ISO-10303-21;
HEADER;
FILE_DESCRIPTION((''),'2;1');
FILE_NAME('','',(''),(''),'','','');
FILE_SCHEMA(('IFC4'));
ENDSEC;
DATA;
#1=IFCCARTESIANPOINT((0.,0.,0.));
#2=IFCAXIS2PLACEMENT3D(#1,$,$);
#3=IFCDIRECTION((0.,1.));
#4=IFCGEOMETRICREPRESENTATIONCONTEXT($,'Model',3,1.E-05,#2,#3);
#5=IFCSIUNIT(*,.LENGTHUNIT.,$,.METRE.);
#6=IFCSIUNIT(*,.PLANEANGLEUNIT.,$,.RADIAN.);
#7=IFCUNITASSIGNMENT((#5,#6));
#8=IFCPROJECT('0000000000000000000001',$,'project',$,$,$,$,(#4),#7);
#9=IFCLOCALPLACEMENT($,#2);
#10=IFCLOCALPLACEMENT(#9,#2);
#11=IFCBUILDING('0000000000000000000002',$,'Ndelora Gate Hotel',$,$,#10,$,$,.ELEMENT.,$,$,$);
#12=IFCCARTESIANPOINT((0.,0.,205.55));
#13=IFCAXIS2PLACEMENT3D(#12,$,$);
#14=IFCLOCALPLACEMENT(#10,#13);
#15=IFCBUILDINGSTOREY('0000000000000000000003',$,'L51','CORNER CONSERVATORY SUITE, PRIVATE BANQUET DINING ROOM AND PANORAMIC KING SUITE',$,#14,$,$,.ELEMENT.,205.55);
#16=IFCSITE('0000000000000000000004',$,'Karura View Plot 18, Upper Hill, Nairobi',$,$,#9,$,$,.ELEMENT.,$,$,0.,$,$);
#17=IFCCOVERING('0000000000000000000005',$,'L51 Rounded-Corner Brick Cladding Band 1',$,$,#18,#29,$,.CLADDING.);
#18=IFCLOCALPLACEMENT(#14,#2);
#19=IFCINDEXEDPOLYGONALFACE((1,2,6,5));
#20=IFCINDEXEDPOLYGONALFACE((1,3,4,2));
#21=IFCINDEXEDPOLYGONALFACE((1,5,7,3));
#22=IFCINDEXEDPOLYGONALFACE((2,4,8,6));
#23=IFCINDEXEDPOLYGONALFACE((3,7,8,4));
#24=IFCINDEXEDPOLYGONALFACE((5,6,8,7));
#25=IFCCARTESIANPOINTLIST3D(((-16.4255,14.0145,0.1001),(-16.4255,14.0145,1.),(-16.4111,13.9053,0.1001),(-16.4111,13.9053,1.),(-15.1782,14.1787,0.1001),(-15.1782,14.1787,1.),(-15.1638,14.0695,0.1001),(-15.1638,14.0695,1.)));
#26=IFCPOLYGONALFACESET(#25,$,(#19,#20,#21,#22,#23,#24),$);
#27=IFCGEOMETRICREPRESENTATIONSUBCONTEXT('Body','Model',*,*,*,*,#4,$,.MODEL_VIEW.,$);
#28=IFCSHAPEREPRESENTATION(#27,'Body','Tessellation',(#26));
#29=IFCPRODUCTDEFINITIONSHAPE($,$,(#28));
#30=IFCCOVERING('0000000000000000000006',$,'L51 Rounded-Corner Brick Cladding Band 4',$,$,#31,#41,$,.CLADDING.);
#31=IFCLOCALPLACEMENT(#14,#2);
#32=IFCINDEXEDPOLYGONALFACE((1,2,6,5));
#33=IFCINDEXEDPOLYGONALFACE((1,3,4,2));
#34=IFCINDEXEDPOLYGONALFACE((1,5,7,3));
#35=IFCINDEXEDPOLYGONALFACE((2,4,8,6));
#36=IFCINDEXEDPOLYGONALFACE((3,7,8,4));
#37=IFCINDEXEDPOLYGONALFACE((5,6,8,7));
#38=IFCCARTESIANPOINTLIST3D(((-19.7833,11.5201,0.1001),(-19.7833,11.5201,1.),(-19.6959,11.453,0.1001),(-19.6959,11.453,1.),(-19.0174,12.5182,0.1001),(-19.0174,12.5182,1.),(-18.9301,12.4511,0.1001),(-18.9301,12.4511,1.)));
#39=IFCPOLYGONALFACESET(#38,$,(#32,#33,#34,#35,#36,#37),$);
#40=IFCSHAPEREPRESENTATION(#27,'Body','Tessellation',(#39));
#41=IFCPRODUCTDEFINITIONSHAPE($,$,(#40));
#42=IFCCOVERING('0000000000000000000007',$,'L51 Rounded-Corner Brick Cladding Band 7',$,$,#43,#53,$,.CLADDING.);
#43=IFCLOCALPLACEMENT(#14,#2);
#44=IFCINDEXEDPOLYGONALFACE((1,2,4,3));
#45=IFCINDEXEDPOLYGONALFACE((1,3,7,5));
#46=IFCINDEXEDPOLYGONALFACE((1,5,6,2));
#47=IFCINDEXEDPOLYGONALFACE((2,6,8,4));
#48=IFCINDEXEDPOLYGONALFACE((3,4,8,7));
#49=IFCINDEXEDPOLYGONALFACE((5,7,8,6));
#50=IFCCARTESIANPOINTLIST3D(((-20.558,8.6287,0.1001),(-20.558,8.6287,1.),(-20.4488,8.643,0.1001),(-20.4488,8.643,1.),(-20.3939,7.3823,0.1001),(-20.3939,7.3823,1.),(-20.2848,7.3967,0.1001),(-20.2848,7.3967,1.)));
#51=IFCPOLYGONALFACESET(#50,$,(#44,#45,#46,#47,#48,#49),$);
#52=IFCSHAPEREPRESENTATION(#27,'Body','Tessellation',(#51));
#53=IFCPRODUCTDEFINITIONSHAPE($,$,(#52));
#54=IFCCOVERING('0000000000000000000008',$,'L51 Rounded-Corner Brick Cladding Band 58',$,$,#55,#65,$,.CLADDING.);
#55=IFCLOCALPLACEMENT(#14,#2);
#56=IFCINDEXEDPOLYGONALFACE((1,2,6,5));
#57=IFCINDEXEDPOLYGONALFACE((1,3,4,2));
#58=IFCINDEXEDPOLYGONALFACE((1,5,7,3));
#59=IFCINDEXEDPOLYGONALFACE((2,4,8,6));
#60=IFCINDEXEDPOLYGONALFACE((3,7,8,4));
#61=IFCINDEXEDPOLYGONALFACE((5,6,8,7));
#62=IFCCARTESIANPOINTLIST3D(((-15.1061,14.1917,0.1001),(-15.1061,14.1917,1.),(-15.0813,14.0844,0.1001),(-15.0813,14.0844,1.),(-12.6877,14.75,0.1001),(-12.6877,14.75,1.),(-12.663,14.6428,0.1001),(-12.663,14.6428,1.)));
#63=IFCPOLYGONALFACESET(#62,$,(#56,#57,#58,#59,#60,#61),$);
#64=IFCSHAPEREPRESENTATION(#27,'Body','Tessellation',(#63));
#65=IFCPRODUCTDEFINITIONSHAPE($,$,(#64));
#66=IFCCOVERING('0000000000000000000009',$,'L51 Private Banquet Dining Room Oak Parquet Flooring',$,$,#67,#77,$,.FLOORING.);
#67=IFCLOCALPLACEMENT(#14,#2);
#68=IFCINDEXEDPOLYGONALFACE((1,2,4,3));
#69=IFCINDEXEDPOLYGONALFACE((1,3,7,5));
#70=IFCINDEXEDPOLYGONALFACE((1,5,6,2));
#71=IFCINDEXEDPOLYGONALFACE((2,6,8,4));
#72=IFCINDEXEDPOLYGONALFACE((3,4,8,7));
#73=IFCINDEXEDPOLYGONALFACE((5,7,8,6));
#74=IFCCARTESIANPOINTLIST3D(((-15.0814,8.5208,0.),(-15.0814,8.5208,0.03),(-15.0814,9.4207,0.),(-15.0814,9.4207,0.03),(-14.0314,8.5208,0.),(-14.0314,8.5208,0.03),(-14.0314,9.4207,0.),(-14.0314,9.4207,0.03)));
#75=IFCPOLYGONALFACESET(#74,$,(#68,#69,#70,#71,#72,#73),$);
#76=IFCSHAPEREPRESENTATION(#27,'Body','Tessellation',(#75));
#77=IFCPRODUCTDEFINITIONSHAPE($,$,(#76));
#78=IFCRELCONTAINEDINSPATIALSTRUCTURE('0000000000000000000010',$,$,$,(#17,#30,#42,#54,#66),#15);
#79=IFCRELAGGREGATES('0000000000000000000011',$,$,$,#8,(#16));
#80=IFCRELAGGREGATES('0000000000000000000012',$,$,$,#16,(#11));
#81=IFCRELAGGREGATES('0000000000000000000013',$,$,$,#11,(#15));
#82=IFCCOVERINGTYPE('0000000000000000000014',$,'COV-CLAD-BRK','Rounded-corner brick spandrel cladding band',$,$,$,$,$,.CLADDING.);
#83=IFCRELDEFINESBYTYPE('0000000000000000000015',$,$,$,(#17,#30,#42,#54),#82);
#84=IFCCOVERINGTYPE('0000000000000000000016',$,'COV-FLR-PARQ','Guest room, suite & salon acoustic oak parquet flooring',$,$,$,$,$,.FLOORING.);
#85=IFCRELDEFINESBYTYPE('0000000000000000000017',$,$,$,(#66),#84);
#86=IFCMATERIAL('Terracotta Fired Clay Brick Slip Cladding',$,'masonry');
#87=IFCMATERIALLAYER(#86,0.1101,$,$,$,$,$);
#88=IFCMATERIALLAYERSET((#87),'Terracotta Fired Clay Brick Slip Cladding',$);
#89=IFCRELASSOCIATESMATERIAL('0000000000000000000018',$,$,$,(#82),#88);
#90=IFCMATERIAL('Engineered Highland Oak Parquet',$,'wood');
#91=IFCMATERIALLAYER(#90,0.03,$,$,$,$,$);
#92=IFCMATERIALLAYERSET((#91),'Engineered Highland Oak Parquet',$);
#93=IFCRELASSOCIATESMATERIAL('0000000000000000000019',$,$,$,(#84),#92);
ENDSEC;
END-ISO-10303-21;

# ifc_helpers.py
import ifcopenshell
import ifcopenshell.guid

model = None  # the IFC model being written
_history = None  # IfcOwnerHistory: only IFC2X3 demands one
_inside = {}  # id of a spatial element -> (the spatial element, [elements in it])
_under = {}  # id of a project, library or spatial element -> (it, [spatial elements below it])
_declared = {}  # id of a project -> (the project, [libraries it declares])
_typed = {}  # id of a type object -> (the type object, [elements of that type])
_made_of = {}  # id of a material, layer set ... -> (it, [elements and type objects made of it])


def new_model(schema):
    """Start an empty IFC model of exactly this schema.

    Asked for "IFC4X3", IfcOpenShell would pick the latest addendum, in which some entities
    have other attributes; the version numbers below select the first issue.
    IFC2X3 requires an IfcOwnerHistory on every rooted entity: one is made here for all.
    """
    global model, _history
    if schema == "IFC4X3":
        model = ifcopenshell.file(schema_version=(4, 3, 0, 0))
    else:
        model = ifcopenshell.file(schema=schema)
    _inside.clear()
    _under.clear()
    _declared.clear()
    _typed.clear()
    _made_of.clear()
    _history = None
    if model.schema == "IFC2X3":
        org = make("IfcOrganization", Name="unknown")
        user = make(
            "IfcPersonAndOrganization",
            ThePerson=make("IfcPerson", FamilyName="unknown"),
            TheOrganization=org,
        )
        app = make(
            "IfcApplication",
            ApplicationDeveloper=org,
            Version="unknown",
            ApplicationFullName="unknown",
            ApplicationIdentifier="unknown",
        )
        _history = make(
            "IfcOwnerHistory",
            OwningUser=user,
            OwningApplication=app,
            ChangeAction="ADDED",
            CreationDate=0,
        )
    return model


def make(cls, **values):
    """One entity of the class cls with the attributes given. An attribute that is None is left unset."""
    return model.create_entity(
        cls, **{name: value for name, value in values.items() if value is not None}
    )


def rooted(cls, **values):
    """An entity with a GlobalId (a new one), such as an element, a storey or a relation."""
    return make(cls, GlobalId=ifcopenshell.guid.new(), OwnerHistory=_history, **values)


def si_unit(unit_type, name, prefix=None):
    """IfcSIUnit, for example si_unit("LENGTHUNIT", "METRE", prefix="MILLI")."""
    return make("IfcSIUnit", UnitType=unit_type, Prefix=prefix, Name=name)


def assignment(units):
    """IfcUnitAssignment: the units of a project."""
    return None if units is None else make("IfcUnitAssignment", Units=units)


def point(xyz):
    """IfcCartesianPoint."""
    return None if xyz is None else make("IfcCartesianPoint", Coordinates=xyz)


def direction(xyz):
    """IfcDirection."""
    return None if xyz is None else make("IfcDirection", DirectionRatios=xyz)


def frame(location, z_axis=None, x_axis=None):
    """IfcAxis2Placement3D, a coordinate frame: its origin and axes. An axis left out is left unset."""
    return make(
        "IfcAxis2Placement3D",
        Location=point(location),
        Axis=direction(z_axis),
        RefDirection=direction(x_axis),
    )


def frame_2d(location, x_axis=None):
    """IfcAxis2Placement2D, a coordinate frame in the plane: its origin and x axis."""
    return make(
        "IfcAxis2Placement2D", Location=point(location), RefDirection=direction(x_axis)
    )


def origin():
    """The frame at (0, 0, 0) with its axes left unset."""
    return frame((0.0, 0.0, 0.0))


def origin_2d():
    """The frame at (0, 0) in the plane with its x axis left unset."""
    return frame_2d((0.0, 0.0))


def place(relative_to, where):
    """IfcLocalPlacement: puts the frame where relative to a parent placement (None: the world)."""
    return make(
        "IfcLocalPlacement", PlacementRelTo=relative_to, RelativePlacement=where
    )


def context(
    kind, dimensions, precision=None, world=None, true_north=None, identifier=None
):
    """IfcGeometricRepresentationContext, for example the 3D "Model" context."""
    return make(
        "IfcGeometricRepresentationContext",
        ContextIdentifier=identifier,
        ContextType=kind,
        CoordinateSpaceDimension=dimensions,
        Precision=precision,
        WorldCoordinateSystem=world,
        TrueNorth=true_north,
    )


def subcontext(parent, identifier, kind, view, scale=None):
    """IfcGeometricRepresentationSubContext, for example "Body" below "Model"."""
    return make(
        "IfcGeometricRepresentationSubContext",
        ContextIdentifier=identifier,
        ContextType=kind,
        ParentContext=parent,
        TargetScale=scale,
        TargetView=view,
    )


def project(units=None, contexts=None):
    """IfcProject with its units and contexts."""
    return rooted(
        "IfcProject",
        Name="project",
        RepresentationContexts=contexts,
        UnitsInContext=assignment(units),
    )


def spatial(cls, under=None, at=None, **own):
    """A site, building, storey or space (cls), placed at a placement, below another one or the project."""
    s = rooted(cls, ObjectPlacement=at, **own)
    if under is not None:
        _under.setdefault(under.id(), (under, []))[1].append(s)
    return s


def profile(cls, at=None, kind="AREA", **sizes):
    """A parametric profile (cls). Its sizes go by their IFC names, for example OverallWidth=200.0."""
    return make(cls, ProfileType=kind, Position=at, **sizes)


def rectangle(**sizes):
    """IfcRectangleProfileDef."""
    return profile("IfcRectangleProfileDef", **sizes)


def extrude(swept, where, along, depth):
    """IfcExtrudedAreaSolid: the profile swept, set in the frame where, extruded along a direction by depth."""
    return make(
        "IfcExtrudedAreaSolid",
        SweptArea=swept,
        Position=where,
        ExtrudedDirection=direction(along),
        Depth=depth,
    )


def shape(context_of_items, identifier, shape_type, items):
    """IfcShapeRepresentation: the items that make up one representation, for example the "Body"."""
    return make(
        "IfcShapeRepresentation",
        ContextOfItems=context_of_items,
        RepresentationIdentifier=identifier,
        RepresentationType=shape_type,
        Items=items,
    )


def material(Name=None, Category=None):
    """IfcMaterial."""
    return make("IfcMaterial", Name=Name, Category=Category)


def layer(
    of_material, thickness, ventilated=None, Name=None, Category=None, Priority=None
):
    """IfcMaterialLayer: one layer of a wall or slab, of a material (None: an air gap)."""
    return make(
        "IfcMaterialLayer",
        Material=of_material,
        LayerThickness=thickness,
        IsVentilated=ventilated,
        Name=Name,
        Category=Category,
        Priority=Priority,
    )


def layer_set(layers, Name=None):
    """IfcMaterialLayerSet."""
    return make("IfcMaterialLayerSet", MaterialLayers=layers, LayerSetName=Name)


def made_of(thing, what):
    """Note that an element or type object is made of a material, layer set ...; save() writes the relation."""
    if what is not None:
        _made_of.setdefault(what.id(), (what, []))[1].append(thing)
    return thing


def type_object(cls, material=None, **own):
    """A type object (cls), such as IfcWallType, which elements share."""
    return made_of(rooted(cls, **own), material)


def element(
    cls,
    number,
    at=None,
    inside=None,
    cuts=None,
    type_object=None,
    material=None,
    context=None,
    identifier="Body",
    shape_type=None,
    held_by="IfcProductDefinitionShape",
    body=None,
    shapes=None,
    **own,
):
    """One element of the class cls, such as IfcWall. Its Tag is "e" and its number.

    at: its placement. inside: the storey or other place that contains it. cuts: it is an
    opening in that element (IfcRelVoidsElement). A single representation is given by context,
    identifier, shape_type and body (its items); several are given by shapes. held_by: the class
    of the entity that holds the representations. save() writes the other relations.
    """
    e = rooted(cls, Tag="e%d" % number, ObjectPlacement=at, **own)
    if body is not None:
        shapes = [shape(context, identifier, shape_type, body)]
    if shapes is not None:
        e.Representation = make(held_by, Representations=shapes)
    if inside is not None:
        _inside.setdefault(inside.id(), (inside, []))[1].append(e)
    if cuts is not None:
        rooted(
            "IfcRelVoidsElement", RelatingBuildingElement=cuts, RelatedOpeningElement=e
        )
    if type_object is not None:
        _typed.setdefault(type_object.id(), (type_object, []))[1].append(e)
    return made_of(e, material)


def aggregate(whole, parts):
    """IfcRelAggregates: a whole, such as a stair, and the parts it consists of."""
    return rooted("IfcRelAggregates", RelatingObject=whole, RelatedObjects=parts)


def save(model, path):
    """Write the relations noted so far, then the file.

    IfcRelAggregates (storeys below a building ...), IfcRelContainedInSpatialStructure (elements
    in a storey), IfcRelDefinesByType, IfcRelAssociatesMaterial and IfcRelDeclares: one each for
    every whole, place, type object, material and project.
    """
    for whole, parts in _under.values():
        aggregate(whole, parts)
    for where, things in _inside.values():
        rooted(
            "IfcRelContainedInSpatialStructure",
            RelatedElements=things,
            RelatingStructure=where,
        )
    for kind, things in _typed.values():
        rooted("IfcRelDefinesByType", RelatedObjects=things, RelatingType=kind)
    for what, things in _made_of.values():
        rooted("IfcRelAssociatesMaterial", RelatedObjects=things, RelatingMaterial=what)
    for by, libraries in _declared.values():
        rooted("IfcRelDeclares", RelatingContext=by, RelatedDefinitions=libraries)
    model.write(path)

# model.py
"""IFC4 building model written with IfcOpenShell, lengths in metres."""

from ifc_helpers import new_model, si_unit, direction, frame, origin, origin_2d, place, context, subcontext, project, spatial, rectangle, extrude, material, layer, layer_set, type_object, element, save


model = new_model("IFC4")

# Units and contexts
model_context = context("Model", 3, precision=1e-05, world=origin(), true_north=direction((0.0, 1.0)))
body_context = subcontext(model_context, "Body", "Model", "MODEL_VIEW")
ifc_project = project(units=[si_unit("LENGTHUNIT", "METRE"), si_unit("PLANEANGLEUNIT", "RADIAN")], contexts=[model_context])

# Site, building, storey
site_placement = place(None, origin())
site = spatial("IfcSite", under=ifc_project, at=site_placement, Name="Karura View Plot 18, Upper Hill, Nairobi", CompositionType="ELEMENT", RefElevation=0.0)
building_placement = place(site_placement, origin())
building = spatial("IfcBuilding", under=site, at=building_placement, Name="Ndelora Gate Hotel", CompositionType="ELEMENT")
storey_placement = place(building_placement, frame((0.0, 0.0, 205.55)))
storey = spatial("IfcBuildingStorey", under=building, at=storey_placement, Name="L51", Description="CORNER CONSERVATORY SUITE, PRIVATE BANQUET DINING ROOM AND PANORAMIC KING SUITE", CompositionType="ELEMENT", Elevation=205.55)

# Coverings
ifc_material_1 = material(Name="Terracotta Fired Clay Brick Slip Cladding", Category="masonry")
ifc_layer_1 = layer(ifc_material_1, 0.1101)
ifc_layer_set_1 = layer_set([ifc_layer_1], Name="Terracotta Fired Clay Brick Slip Cladding")
covering_type_1 = type_object("IfcCoveringType", Name="COV-CLAD-BRK", Description="Rounded-corner brick spandrel cladding band", PredefinedType="CLADDING", material=ifc_layer_set_1)
for number, where, z_axis, x_axis, name in (
    (1, (-15.7947, 14.042, 0.1001), (0.0, 0.0, 1.0), (0.991445, 0.130526, 0.0), "L51 Rounded-Corner Brick Cladding Band 1"),
    (2, (-19.3567, 11.9856, 0.1001), (0.0, 0.0, 1.0), (0.608761, 0.793353, 0.0), "L51 Rounded-Corner Brick Cladding Band 4"),
):
    element("IfcCovering", number, at=place(storey_placement, frame(where, z_axis=z_axis, x_axis=x_axis)), inside=storey, type_object=covering_type_1, Name=name, PredefinedType="CLADDING", context=body_context, shape_type="SweptSolid", body=[
        extrude(rectangle(XDim=1.2581, YDim=0.1101, at=origin_2d()), origin(), (0.0, 0.0, 1.0), 0.8999),
    ])
covering_1_placement = place(storey_placement, frame((-20.4214, 8.0127, 0.1001), z_axis=(0.0, 0.0, 1.0), x_axis=(-0.130526, 0.991445, 0.0)))
element("IfcCovering", 3, at=covering_1_placement, inside=storey, type_object=covering_type_1, Name="L51 Rounded-Corner Brick Cladding Band 7", PredefinedType="CLADDING", context=body_context, shape_type="SweptSolid", body=[
    extrude(rectangle(XDim=1.2571, YDim=0.1101, at=origin_2d()), origin(), (0.0, 0.0, 1.0), 0.8999),
])
covering_2_placement = place(storey_placement, frame((-13.8845, 14.4172, 0.1001), z_axis=(0.0, 0.0, 1.0), x_axis=(0.97437, 0.224951, 0.0)))
element("IfcCovering", 4, at=covering_2_placement, inside=storey, type_object=covering_type_1, Name="L51 Rounded-Corner Brick Cladding Band 58", PredefinedType="CLADDING", context=body_context, shape_type="SweptSolid", body=[
    extrude(rectangle(XDim=2.4819, YDim=0.1101, at=origin_2d()), origin(), (0.0, 0.0, 1.0), 0.8999),
])
ifc_material_2 = material(Name="Engineered Highland Oak Parquet", Category="wood")
ifc_layer_2 = layer(ifc_material_2, 0.03)
ifc_layer_set_2 = layer_set([ifc_layer_2], Name="Engineered Highland Oak Parquet")
covering_type_2 = type_object("IfcCoveringType", Name="COV-FLR-PARQ", Description="Guest room, suite & salon acoustic oak parquet flooring", PredefinedType="FLOORING", material=ifc_layer_set_2)
covering_3_placement = place(storey_placement, frame((-14.5564, 8.9707, 0.0), z_axis=(0.0, 0.0, 1.0), x_axis=(1.0, 0.0, 0.0)))
element("IfcCovering", 5, at=covering_3_placement, inside=storey, type_object=covering_type_2, Name="L51 Private Banquet Dining Room Oak Parquet Flooring", PredefinedType="FLOORING", context=body_context, shape_type="SweptSolid", body=[
    extrude(rectangle(XDim=1.05, YDim=0.8999, at=origin_2d()), origin(), (0.0, 0.0, 1.0), 0.03),
])

save(model, "model.ifc")
